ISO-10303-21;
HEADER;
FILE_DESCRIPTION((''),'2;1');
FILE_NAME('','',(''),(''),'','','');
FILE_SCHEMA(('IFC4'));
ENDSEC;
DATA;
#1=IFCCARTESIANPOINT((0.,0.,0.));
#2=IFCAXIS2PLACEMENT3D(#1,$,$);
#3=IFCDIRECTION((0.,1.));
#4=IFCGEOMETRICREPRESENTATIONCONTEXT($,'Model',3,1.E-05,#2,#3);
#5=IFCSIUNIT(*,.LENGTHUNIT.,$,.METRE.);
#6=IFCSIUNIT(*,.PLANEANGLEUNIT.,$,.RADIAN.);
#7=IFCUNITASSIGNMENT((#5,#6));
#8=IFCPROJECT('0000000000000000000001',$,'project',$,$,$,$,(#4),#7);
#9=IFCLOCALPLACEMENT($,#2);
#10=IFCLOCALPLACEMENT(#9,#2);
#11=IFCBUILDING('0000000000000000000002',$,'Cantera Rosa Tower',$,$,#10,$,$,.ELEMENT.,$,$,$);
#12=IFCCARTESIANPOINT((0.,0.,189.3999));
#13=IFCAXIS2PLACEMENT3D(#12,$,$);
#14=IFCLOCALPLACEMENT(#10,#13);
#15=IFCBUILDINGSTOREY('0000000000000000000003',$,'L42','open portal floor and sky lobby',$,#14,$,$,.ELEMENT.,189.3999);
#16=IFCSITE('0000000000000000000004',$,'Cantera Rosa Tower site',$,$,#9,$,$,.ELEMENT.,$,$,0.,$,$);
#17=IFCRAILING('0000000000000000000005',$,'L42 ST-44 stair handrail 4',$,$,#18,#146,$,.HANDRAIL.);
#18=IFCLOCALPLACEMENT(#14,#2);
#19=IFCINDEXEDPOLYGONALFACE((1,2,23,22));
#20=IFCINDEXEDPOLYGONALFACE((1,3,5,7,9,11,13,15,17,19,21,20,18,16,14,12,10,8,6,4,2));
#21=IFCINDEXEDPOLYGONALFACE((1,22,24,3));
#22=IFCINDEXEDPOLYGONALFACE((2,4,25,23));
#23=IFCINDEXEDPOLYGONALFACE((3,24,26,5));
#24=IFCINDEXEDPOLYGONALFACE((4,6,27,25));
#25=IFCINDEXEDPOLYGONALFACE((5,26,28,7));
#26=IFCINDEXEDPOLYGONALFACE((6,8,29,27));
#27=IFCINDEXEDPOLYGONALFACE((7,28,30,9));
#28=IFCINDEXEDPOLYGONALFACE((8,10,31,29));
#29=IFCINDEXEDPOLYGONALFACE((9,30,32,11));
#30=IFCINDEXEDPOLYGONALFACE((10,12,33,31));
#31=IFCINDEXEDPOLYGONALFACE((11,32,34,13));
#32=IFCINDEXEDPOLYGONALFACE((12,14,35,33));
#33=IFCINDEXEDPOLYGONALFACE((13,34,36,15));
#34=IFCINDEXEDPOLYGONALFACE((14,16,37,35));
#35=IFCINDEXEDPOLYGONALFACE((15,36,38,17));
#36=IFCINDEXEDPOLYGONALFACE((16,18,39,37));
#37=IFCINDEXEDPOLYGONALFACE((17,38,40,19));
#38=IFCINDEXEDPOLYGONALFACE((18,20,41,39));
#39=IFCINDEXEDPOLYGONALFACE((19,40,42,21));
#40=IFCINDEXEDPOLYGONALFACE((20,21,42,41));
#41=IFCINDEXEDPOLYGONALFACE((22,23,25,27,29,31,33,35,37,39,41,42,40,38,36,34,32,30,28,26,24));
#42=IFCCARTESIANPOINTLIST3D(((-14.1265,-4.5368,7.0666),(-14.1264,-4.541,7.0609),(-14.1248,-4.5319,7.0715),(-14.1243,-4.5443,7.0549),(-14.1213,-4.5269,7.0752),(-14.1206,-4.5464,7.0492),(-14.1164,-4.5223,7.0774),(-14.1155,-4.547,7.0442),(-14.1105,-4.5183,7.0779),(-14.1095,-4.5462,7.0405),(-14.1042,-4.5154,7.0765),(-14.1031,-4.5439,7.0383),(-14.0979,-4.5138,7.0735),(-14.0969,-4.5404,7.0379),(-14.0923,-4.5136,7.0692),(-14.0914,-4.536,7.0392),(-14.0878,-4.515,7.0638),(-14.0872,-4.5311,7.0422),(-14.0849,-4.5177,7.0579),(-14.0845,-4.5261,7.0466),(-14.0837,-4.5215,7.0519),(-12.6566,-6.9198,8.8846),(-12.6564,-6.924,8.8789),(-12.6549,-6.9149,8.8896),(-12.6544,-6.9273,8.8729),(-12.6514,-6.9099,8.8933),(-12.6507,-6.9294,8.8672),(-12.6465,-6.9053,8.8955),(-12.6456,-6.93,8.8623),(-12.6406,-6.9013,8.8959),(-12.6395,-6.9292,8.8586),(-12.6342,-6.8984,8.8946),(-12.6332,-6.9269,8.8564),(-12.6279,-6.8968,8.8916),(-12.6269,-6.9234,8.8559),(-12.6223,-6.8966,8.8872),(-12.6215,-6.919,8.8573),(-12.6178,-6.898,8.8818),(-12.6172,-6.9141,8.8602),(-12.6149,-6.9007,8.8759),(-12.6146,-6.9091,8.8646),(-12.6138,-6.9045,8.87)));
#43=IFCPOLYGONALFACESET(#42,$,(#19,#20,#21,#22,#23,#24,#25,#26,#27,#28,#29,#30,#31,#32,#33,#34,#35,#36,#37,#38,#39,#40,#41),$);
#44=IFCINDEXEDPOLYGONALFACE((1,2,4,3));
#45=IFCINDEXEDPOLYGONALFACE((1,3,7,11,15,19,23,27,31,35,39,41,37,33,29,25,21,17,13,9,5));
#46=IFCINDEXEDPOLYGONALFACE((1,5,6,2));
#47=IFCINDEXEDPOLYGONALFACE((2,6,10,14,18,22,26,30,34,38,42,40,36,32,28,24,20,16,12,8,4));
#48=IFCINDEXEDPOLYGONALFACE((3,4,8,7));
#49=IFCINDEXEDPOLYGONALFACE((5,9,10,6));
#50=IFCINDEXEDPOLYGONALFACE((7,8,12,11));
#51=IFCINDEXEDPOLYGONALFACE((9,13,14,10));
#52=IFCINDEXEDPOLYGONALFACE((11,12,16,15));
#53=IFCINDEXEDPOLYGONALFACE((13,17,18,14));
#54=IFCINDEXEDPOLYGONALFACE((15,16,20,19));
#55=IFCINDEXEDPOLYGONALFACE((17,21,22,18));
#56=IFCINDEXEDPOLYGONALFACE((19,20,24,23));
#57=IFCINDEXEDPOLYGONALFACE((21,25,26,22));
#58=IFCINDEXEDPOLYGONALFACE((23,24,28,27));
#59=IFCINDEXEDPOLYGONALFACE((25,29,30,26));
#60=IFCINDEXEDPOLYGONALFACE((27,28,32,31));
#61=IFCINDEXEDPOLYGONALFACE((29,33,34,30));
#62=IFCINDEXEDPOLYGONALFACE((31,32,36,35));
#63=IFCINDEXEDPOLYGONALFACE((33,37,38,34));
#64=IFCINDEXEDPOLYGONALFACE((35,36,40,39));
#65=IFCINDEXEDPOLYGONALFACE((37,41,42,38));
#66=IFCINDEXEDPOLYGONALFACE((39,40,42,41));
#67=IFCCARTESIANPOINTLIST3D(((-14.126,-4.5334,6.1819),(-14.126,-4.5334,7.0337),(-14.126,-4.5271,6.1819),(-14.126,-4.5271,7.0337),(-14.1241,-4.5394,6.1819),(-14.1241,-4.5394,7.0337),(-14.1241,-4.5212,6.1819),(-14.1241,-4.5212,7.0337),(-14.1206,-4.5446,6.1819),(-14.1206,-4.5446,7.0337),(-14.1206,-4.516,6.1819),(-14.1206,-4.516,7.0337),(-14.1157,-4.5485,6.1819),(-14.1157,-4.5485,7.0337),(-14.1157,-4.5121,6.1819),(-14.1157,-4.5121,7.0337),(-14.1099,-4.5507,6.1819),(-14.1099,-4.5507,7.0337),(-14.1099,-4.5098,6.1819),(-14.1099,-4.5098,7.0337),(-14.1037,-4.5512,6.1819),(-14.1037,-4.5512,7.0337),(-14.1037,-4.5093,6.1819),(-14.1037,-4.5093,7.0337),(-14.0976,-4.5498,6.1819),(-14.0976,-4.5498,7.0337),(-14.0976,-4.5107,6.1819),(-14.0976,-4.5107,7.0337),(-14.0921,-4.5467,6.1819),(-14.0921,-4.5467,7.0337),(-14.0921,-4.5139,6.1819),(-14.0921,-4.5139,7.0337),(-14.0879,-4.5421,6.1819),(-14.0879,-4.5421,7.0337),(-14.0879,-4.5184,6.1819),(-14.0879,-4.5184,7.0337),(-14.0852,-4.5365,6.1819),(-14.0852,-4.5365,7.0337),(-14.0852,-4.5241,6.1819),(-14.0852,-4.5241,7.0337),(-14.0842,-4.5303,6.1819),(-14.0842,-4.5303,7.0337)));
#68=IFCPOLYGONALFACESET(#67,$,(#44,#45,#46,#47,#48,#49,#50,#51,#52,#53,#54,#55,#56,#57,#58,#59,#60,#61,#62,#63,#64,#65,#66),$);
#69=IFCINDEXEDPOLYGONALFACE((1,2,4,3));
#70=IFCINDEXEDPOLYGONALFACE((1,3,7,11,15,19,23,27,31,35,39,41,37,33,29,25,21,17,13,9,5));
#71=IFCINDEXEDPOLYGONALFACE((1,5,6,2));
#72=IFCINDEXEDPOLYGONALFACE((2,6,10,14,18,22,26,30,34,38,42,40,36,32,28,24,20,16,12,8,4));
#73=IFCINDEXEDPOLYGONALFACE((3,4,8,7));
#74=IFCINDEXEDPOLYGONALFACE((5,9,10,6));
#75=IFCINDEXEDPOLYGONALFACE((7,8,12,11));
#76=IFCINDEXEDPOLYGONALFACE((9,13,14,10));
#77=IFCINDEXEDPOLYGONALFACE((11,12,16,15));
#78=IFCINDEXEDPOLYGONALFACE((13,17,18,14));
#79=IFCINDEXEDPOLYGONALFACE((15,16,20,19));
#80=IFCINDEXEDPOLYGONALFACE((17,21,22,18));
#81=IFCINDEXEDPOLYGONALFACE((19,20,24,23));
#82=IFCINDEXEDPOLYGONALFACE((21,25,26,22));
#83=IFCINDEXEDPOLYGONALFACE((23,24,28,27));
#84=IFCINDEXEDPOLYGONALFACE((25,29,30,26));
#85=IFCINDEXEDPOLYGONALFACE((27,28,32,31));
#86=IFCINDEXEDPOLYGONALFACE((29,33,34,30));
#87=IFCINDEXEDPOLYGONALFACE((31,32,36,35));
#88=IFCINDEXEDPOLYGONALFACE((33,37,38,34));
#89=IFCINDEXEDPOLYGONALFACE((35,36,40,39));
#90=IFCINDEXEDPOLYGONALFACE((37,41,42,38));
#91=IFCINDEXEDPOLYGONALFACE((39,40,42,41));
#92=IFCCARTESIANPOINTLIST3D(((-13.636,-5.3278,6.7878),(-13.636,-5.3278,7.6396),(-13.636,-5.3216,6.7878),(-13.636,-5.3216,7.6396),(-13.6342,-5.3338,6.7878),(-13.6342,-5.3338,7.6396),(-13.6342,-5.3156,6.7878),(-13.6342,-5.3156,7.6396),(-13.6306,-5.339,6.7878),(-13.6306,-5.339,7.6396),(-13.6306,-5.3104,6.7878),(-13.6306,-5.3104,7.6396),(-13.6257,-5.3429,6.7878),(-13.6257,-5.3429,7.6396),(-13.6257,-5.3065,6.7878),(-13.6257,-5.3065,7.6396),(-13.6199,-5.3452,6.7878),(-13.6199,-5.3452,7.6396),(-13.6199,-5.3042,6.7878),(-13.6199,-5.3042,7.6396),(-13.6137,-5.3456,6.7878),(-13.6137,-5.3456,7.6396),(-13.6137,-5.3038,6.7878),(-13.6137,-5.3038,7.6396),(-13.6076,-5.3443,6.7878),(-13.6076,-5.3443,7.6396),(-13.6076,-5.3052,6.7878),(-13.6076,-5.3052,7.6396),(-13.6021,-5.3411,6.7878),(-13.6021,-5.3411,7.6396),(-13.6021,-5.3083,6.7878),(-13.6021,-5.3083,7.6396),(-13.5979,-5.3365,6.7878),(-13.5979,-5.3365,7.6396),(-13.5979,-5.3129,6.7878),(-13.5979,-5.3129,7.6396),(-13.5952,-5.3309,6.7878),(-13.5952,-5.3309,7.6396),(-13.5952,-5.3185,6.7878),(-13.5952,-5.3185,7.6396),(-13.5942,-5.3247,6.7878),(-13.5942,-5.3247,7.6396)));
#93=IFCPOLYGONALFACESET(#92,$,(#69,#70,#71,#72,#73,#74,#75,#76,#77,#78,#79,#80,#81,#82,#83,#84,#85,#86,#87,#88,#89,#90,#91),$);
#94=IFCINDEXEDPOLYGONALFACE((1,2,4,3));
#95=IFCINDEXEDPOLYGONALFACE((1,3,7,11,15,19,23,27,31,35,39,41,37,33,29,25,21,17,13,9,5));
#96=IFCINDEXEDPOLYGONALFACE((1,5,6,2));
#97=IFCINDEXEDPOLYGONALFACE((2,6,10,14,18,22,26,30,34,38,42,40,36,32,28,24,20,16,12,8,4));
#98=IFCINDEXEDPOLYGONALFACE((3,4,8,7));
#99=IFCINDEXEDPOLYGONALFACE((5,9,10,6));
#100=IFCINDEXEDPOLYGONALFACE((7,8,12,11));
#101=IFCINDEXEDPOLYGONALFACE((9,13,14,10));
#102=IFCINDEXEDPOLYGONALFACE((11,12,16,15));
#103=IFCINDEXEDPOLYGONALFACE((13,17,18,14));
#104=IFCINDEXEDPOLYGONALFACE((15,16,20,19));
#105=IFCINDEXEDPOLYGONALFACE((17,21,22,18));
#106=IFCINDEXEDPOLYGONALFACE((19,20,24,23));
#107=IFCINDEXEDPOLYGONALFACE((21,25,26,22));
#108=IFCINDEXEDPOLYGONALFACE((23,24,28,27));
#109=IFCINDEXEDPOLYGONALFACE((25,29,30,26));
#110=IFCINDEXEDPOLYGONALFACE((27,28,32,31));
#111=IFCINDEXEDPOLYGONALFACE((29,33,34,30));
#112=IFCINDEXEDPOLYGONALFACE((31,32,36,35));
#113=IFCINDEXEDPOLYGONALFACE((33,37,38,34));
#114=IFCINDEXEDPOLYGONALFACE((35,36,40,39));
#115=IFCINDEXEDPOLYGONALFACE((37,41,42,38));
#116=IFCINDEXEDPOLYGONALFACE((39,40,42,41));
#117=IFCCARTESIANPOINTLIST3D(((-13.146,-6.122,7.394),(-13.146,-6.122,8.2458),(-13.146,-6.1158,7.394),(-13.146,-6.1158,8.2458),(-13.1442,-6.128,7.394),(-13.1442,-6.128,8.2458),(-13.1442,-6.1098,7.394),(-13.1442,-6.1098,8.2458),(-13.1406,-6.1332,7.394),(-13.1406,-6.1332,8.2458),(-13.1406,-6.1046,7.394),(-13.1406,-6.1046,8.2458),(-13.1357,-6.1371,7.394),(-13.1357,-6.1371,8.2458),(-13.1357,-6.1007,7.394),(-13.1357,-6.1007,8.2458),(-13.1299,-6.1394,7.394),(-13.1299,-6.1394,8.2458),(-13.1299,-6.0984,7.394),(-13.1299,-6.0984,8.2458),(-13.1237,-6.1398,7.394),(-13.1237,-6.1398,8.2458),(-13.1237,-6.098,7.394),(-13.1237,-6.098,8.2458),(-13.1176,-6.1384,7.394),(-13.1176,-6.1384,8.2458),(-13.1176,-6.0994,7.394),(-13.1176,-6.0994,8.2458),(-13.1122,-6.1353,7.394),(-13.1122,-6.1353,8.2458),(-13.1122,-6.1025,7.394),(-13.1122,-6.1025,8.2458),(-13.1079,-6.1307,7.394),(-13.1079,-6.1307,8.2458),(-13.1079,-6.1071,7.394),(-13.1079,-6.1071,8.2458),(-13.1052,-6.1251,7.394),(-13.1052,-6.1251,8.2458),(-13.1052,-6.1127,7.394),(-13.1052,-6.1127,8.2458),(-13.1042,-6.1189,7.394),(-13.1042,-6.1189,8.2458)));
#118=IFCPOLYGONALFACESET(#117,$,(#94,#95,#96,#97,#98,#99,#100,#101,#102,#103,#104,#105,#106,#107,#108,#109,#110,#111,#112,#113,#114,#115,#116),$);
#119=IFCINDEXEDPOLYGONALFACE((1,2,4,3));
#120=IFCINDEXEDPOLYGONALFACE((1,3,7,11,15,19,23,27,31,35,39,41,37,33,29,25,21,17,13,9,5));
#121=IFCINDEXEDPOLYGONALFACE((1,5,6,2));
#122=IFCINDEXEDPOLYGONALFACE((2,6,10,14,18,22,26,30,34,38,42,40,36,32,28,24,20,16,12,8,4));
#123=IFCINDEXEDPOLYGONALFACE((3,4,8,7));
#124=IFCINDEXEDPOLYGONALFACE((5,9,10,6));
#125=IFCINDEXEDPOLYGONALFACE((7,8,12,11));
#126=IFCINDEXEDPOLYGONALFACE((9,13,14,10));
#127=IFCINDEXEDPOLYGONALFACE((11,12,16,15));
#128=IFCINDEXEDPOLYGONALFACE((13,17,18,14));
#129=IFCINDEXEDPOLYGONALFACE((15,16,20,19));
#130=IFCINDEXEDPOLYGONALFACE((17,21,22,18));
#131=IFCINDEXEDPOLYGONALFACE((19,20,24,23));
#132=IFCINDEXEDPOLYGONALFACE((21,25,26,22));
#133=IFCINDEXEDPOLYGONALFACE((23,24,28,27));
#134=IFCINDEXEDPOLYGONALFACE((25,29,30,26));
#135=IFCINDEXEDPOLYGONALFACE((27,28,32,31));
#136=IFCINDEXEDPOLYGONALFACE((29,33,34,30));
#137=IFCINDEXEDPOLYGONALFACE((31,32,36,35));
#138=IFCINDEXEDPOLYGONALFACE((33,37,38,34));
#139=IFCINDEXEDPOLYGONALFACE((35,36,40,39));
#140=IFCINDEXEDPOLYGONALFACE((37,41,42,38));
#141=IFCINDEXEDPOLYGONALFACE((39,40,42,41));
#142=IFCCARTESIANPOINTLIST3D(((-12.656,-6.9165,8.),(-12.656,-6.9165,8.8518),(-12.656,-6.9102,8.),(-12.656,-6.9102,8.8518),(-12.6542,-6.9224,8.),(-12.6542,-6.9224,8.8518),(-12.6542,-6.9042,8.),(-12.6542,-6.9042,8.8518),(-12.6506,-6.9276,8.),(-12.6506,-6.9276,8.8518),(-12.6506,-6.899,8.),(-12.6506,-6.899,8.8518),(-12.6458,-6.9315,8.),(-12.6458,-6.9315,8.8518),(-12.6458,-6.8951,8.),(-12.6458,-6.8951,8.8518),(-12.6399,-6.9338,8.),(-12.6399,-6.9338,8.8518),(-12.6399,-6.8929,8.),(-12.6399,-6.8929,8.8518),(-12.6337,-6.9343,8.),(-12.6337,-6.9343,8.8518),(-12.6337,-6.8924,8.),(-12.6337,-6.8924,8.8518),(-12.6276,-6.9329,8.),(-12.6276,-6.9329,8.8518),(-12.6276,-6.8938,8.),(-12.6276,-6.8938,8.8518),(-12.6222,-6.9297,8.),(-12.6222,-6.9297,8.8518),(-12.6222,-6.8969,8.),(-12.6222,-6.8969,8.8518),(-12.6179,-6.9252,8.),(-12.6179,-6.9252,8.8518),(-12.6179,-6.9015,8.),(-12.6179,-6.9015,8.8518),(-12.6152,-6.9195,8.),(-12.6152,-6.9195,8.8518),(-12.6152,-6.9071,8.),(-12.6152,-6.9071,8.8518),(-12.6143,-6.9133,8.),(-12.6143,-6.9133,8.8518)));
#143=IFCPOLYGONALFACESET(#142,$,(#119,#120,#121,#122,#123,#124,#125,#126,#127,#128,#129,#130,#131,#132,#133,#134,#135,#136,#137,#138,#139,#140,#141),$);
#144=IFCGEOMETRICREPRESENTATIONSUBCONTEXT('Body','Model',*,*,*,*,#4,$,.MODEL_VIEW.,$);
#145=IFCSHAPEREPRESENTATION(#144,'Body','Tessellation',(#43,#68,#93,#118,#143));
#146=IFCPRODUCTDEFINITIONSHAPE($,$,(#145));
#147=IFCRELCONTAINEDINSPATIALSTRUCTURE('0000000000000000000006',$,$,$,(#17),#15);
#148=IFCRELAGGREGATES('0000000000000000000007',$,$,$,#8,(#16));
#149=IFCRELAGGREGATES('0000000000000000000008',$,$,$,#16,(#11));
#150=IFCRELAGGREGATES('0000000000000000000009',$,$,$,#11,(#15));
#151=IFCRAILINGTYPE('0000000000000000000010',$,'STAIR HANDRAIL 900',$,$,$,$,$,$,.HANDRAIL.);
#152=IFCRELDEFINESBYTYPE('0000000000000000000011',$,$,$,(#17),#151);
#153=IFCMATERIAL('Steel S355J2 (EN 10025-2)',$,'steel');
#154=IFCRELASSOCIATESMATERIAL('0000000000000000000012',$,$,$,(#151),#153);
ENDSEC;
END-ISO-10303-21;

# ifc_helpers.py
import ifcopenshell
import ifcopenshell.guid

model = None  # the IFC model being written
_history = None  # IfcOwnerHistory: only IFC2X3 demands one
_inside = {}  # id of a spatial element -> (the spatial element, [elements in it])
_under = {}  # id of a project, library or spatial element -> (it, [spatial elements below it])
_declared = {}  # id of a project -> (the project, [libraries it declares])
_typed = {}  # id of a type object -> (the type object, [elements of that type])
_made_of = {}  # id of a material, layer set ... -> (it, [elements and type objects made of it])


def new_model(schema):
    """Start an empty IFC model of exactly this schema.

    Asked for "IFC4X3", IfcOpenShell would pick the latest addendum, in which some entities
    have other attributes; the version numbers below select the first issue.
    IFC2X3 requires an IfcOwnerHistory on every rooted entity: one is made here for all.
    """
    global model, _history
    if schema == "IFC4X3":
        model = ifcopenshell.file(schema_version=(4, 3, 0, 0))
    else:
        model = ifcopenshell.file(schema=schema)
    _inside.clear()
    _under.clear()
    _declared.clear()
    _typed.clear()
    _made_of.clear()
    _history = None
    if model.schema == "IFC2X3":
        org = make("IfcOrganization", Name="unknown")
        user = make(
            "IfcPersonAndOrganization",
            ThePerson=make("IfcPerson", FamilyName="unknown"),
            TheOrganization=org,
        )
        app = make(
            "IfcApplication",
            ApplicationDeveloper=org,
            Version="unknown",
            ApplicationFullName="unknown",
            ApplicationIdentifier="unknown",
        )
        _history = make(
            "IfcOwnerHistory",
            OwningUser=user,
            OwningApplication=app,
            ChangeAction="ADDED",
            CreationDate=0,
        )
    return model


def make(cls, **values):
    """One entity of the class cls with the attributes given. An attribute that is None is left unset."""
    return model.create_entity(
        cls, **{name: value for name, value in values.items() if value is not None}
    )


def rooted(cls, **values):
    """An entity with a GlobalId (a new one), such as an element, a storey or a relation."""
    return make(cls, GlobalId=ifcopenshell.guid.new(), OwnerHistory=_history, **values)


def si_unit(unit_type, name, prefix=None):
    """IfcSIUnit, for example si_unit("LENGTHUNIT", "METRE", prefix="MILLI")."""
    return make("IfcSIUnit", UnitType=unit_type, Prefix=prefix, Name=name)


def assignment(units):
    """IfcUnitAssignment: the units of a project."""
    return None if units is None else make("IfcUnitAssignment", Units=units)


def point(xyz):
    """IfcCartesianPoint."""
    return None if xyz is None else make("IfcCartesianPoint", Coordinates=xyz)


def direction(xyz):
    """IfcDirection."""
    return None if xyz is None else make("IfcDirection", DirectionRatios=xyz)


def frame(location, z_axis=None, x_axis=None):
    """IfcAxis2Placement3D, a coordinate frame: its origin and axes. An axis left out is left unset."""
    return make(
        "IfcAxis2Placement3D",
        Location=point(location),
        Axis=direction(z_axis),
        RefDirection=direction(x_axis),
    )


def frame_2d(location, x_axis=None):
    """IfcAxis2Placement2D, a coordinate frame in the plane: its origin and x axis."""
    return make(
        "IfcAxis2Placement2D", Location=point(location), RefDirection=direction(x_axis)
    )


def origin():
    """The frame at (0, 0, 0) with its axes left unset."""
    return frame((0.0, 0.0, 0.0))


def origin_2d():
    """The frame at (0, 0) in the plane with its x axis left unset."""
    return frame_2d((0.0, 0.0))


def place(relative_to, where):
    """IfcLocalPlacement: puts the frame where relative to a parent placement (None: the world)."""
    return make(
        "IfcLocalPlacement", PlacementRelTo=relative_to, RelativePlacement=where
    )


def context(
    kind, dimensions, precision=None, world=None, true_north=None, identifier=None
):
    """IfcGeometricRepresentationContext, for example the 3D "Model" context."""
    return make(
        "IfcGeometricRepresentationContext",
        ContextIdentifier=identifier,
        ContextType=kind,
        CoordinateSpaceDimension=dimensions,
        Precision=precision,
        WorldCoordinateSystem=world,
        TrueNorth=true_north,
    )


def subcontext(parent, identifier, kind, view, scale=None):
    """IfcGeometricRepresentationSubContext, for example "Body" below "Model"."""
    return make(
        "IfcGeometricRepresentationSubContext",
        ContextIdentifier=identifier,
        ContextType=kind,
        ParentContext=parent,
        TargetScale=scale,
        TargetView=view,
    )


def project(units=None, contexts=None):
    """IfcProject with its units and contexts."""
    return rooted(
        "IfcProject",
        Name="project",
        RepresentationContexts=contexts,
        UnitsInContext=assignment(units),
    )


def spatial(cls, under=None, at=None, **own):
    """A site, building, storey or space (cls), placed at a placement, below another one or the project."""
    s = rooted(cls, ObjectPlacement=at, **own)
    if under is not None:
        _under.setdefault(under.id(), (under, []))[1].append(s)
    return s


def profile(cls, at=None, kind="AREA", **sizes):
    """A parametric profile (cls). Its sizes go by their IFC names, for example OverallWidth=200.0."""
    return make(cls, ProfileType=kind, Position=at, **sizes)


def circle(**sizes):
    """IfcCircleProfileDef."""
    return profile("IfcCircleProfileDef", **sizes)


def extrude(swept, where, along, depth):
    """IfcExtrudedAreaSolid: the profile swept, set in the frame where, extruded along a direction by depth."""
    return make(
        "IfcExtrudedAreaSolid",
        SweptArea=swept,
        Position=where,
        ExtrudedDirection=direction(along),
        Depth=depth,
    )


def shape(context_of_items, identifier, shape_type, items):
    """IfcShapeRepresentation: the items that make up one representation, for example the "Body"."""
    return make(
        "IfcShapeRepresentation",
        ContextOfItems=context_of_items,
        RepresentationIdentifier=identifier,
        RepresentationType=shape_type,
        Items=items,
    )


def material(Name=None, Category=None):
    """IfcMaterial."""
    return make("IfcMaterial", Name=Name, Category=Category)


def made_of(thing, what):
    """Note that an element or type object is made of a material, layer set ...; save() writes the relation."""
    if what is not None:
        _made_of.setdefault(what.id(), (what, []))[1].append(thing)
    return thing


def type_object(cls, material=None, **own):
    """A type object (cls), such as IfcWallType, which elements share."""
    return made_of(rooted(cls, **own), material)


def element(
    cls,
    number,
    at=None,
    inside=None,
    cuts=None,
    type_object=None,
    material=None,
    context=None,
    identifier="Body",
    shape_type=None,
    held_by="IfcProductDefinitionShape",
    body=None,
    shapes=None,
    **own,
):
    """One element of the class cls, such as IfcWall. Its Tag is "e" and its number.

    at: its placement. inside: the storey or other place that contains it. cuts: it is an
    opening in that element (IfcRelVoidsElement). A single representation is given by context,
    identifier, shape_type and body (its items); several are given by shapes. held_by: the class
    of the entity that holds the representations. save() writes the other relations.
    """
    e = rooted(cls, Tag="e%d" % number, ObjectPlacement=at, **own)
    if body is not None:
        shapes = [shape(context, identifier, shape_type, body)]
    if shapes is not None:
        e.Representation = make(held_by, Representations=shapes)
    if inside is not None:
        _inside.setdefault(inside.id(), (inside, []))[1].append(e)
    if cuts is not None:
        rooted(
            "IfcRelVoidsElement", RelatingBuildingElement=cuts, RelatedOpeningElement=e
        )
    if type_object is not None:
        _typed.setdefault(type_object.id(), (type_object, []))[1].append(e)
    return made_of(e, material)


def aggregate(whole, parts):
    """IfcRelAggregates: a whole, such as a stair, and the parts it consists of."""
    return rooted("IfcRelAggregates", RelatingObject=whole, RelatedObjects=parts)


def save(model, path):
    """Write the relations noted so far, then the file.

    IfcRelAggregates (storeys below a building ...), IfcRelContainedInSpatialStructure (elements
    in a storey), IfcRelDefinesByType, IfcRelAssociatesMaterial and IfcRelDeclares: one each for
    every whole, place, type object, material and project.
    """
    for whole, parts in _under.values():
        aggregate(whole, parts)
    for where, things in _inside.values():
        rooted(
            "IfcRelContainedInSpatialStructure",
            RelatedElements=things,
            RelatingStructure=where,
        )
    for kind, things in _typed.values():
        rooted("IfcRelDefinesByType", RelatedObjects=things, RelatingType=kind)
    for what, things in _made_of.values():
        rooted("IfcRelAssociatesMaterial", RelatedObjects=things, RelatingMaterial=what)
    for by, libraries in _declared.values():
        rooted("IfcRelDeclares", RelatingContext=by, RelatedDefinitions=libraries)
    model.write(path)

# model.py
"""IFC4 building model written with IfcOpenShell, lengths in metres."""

from ifc_helpers import new_model, si_unit, direction, frame, origin, origin_2d, place, context, subcontext, project, spatial, circle, extrude, material, type_object, element, save


model = new_model("IFC4")

# Units and contexts
model_context = context("Model", 3, precision=1e-05, world=origin(), true_north=direction((0.0, 1.0)))
body_context = subcontext(model_context, "Body", "Model", "MODEL_VIEW")
ifc_project = project(units=[si_unit("LENGTHUNIT", "METRE"), si_unit("PLANEANGLEUNIT", "RADIAN")], contexts=[model_context])

# Site, building, storey
site_placement = place(None, origin())
site = spatial("IfcSite", under=ifc_project, at=site_placement, Name="Cantera Rosa Tower site", CompositionType="ELEMENT", RefElevation=0.0)
building_placement = place(site_placement, origin())
building = spatial("IfcBuilding", under=site, at=building_placement, Name="Cantera Rosa Tower", CompositionType="ELEMENT")
storey_placement = place(building_placement, frame((0.0, 0.0, 189.3999)))
storey = spatial("IfcBuildingStorey", under=building, at=storey_placement, Name="L42", Description="open portal floor and sky lobby", CompositionType="ELEMENT", Elevation=189.3999)

# Railing
ifc_material_1 = material(Name="Steel S355J2 (EN 10025-2)", Category="steel")
railing_type_1 = type_object("IfcRailingType", Name="STAIR HANDRAIL 900", PredefinedType="HANDRAIL", material=ifc_material_1)
for number, where, name in (
    (1, (-14.1052, -4.5303, 6.1819), "L42 ST-44 stair handrail 4"),
):
    element("IfcRailing", number, at=place(storey_placement, frame(where)), inside=storey, type_object=railing_type_1, Name=name, PredefinedType="HANDRAIL", context=body_context, shape_type="SweptSolid", body=[
        extrude(circle(Radius=0.0239, at=origin_2d()), frame((0.0, 0.0, 0.876), z_axis=(0.440314, -0.713819, 0.544597), x_axis=(0.851104, 0.524997, 0.0)), (0.0, 0.0, 1.0), 3.3384),
        extrude(circle(Radius=0.021, at=origin_2d()), origin(), (0.0, 0.0, 1.0), 0.8518),
        extrude(circle(Radius=0.021, at=origin_2d()), frame((0.49, -0.7944, 0.606)), (0.0, 0.0, 1.0), 0.8518),
        extrude(circle(Radius=0.021, at=origin_2d()), frame((0.98, -1.5886, 1.2122)), (0.0, 0.0, 1.0), 0.8518),
        extrude(circle(Radius=0.021, at=origin_2d()), frame((1.47, -2.3831, 1.8181)), (0.0, 0.0, 1.0), 0.8518),
    ])

save(model, "model.ifc")
